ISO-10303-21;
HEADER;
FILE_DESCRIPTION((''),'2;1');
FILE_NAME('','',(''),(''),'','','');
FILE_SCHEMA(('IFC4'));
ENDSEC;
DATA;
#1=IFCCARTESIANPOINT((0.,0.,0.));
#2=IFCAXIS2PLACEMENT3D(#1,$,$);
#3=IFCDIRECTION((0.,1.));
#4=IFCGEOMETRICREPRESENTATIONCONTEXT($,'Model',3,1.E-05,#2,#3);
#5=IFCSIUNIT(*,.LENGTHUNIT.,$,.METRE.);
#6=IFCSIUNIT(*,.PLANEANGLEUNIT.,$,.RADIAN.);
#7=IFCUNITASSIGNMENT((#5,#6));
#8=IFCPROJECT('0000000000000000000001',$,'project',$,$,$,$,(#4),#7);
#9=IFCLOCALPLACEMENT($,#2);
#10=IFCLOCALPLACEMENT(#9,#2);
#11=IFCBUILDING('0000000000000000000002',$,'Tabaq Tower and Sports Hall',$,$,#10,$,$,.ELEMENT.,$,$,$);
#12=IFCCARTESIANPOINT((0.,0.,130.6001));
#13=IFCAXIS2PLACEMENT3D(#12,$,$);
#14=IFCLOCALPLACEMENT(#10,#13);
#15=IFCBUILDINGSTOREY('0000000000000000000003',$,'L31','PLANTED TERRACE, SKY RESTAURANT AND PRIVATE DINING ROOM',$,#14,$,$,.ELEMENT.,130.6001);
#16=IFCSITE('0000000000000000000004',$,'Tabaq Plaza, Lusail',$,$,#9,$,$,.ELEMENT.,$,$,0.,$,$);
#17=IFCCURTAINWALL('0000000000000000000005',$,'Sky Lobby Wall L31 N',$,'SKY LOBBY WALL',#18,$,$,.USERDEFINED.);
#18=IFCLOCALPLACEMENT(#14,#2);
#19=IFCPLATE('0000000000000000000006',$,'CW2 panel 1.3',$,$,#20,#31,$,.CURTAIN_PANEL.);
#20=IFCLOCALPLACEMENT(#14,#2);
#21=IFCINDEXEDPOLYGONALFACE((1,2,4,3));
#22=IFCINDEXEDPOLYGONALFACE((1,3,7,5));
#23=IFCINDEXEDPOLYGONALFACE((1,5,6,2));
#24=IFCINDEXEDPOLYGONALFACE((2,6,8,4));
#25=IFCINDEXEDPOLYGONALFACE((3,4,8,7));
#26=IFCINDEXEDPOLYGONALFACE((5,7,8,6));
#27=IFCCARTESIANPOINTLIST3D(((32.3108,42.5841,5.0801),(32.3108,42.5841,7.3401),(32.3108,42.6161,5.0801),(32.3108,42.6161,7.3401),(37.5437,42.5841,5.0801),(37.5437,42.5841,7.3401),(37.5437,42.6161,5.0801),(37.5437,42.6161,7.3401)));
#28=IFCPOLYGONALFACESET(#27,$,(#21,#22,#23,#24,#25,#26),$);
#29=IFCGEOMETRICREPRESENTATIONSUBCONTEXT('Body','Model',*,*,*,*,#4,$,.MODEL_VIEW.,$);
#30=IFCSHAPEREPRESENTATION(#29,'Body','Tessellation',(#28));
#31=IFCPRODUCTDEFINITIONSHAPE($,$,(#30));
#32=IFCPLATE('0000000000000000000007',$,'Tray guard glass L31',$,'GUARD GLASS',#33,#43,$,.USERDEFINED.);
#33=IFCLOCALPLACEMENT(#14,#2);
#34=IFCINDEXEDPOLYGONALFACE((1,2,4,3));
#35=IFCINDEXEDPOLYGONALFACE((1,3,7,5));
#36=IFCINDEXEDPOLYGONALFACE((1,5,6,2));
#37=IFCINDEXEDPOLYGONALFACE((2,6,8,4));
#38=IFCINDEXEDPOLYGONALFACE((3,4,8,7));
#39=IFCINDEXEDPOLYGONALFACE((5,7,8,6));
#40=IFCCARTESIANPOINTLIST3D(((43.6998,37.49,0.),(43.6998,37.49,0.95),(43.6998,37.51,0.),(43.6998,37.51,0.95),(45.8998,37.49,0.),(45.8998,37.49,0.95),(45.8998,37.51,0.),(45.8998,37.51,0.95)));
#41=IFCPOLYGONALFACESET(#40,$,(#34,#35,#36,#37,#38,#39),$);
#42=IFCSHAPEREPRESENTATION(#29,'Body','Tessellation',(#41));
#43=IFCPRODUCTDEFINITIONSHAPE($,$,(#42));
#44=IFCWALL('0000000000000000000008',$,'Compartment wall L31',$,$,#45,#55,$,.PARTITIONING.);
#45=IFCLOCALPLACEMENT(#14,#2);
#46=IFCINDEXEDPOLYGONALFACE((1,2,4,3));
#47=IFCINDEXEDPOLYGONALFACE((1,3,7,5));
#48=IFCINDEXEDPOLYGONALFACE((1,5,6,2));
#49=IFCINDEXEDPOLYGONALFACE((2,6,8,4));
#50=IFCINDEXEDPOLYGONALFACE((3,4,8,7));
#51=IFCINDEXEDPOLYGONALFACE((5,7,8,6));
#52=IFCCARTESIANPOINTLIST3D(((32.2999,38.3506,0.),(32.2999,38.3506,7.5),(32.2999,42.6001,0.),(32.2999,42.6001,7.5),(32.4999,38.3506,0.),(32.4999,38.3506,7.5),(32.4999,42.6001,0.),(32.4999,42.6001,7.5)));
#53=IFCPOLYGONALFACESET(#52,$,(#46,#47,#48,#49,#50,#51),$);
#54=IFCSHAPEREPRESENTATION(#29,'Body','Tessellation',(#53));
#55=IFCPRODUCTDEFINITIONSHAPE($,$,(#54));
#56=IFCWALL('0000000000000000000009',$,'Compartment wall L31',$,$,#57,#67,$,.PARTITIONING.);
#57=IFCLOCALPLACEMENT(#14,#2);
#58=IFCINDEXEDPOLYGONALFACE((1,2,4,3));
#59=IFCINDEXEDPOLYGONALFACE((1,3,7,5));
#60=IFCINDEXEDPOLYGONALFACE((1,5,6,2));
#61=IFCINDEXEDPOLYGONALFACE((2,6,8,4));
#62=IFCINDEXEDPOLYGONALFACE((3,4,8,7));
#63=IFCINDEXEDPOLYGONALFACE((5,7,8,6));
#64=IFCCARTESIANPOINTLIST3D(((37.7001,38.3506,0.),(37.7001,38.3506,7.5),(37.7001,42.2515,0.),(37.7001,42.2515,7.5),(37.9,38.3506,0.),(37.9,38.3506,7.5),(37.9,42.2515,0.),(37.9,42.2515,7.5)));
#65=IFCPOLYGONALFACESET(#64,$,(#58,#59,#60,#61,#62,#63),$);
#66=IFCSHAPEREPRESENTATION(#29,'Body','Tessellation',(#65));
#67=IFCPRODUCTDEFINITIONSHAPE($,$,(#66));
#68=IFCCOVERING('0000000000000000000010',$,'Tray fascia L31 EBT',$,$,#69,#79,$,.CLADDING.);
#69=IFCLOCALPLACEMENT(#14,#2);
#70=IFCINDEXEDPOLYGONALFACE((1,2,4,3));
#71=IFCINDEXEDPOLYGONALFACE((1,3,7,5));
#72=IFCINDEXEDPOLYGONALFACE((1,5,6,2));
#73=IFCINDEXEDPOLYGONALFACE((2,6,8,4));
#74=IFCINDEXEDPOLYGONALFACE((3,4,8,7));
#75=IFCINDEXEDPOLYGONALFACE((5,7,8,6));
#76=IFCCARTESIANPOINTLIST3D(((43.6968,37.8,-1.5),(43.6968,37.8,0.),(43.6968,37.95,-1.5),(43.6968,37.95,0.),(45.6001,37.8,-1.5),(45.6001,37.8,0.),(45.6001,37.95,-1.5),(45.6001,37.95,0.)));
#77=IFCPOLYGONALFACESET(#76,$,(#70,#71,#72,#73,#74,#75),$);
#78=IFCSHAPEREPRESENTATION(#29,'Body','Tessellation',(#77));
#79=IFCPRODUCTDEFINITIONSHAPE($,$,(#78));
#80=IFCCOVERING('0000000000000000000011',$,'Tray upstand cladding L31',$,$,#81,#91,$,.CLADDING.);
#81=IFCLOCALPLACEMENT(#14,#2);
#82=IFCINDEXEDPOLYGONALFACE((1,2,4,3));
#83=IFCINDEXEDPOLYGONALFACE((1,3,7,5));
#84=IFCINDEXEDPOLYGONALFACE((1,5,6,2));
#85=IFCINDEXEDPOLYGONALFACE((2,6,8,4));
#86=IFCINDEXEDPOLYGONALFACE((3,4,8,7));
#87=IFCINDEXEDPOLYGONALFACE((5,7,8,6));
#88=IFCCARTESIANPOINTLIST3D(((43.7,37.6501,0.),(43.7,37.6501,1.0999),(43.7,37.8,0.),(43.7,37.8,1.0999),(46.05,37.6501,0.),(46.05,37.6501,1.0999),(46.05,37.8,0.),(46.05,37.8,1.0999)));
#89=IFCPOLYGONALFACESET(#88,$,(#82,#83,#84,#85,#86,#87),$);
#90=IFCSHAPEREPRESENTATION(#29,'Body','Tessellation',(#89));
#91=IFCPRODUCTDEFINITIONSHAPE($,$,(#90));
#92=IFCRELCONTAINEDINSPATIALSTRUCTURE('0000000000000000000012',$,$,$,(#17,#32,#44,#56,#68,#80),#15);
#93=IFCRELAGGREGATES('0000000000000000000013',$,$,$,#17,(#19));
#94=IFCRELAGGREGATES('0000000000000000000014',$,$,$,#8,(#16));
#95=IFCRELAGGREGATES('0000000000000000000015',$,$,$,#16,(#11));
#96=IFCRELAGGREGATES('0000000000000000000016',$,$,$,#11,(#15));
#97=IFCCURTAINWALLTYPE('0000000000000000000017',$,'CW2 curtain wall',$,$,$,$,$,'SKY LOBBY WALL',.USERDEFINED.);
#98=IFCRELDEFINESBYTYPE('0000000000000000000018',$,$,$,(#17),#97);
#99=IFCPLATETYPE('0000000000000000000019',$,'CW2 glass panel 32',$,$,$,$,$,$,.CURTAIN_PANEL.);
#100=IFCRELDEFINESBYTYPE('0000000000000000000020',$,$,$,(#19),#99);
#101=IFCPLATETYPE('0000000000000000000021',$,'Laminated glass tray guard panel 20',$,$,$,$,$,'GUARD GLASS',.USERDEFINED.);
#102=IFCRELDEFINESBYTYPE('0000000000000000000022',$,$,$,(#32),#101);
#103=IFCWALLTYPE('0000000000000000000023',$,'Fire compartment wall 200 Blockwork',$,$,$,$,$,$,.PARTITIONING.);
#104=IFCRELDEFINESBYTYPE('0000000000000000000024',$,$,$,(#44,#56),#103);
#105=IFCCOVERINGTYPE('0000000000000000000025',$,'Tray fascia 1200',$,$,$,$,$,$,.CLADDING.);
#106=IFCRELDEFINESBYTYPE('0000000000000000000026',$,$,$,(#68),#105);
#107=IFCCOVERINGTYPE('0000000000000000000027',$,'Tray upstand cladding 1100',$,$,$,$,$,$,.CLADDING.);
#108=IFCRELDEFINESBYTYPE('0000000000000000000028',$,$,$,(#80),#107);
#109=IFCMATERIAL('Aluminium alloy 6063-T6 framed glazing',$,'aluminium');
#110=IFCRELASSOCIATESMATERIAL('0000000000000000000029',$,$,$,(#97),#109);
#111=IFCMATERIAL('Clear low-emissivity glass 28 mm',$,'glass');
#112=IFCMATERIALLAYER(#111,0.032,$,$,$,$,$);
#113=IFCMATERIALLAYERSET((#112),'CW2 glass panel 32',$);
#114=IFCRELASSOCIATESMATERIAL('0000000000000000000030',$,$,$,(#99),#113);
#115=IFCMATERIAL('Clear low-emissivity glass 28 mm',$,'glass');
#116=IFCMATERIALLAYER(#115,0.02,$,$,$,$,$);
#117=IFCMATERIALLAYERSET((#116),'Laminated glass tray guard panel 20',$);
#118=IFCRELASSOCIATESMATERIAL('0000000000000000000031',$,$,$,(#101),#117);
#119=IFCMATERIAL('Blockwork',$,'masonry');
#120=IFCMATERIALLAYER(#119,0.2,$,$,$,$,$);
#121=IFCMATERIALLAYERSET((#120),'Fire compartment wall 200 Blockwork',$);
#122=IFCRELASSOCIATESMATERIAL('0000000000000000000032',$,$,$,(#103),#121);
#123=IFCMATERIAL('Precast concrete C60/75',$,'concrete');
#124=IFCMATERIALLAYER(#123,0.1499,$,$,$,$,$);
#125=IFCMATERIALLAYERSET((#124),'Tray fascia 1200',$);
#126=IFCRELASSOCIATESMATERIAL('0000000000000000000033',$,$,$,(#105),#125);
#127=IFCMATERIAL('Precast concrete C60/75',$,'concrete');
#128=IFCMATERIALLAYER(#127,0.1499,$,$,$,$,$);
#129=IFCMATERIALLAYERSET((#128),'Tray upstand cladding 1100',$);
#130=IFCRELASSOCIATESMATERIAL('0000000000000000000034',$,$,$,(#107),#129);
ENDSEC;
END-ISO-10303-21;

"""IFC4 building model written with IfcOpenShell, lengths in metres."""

from ifc_helpers import new_model, si_unit, direction, frame, frame_2d, origin, origin_2d, place, context, subcontext, project, spatial, rectangle, extrude, material, layer, layer_set, type_object, element, aggregate, save


model = new_model("IFC4")

# Units and contexts
model_context = context("Model", 3, precision=1e-05, world=origin(), true_north=direction((0.0, 1.0)))
body_context = subcontext(model_context, "Body", "Model", "MODEL_VIEW")
ifc_project = project(units=[si_unit("LENGTHUNIT", "METRE"), si_unit("PLANEANGLEUNIT", "RADIAN")], contexts=[model_context])

# Site, building, storey
site_placement = place(None, origin())
site = spatial("IfcSite", under=ifc_project, at=site_placement, Name="Tabaq Plaza, Lusail", CompositionType="ELEMENT", RefElevation=0.0)
building_placement = place(site_placement, origin())
building = spatial("IfcBuilding", under=site, at=building_placement, Name="Tabaq Tower and Sports Hall", CompositionType="ELEMENT")
storey_placement = place(building_placement, frame((0.0, 0.0, 130.6001)))
storey = spatial("IfcBuildingStorey", under=building, at=storey_placement, Name="L31", Description="PLANTED TERRACE, SKY RESTAURANT AND PRIVATE DINING ROOM", CompositionType="ELEMENT", Elevation=130.6001)

# Curtain wall
ifc_material_1 = material(Name="Aluminium alloy 6063-T6 framed glazing", Category="aluminium")
curtain_wall_type = type_object("IfcCurtainWallType", Name="CW2 curtain wall", ElementType="SKY LOBBY WALL", PredefinedType="USERDEFINED", material=ifc_material_1)
curtain_wall_1_placement = place(storey_placement, origin())
curtain_wall_1 = element("IfcCurtainWall", 1, at=curtain_wall_1_placement, inside=storey, type_object=curtain_wall_type, Name="Sky Lobby Wall L31 N", ObjectType="SKY LOBBY WALL", PredefinedType="USERDEFINED")

# Plates
ifc_material_2 = material(Name="Clear low-emissivity glass 28 mm", Category="glass")
ifc_layer_1 = layer(ifc_material_2, 0.032)
ifc_layer_set_1 = layer_set([ifc_layer_1], Name="CW2 glass panel 32")
plate_type_1 = type_object("IfcPlateType", Name="CW2 glass panel 32", PredefinedType="CURTAIN_PANEL", material=ifc_layer_set_1)
plate_1_placement = place(storey_placement, frame((34.9272, 42.6001, 5.0801), z_axis=(0.0, 0.0, 1.0), x_axis=(-1.0, 0.0, 0.0)))
plate_1 = element("IfcPlate", 2, at=plate_1_placement, type_object=plate_type_1, Name="CW2 panel 1.3", PredefinedType="CURTAIN_PANEL", context=body_context, shape_type="SweptSolid", body=[
    extrude(rectangle(XDim=5.2329, YDim=0.032, at=origin_2d()), origin(), (0.0, 0.0, 1.0), 2.26),
])
aggregate(curtain_wall_1, [plate_1])
ifc_material_3 = material(Name="Clear low-emissivity glass 28 mm", Category="glass")
ifc_layer_2 = layer(ifc_material_3, 0.02)
ifc_layer_set_2 = layer_set([ifc_layer_2], Name="Laminated glass tray guard panel 20")
plate_type_2 = type_object("IfcPlateType", Name="Laminated glass tray guard panel 20", ElementType="GUARD GLASS", PredefinedType="USERDEFINED", material=ifc_layer_set_2)
plate_2_placement = place(storey_placement, frame((45.8999, 37.5, 0.0), z_axis=(0.0, 0.0, 1.0), x_axis=(-1.0, 0.0, 0.0)))
element("IfcPlate", 3, at=plate_2_placement, inside=storey, type_object=plate_type_2, Name="Tray guard glass L31", ObjectType="GUARD GLASS", PredefinedType="USERDEFINED", context=body_context, shape_type="SweptSolid", body=[
    extrude(rectangle(XDim=2.2, YDim=0.02, at=frame_2d((1.1001, 0.0))), origin(), (0.0, 0.0, 1.0), 0.95),
])

# Walls
ifc_material_4 = material(Name="Blockwork", Category="masonry")
ifc_layer_3 = layer(ifc_material_4, 0.2)
ifc_layer_set_3 = layer_set([ifc_layer_3], Name="Fire compartment wall 200 Blockwork")
wall_type = type_object("IfcWallType", Name="Fire compartment wall 200 Blockwork", PredefinedType="PARTITIONING", material=ifc_layer_set_3)
wall_1_placement = place(storey_placement, frame((32.3999, 38.3506, 0.0), z_axis=(0.0, 0.0, 1.0), x_axis=(0.0, 1.0, 0.0)))
element("IfcWall", 4, at=wall_1_placement, inside=storey, type_object=wall_type, Name="Compartment wall L31", PredefinedType="PARTITIONING", context=body_context, shape_type="SweptSolid", body=[
    extrude(rectangle(XDim=4.2495, YDim=0.2, at=frame_2d((2.1248, 0.0))), origin(), (0.0, 0.0, 1.0), 7.5),
])
wall_2_placement = place(storey_placement, frame((37.8, 38.3506, 0.0), z_axis=(0.0, 0.0, 1.0), x_axis=(0.0, 1.0, 0.0)))
element("IfcWall", 5, at=wall_2_placement, inside=storey, type_object=wall_type, Name="Compartment wall L31", PredefinedType="PARTITIONING", context=body_context, shape_type="SweptSolid", body=[
    extrude(rectangle(XDim=3.9009, YDim=0.2, at=frame_2d((1.9504, 0.0))), origin(), (0.0, 0.0, 1.0), 7.5),
])

# Coverings
ifc_material_5 = material(Name="Precast concrete C60/75", Category="concrete")
ifc_layer_4 = layer(ifc_material_5, 0.1499)
ifc_layer_set_4 = layer_set([ifc_layer_4], Name="Tray fascia 1200")
covering_type_1 = type_object("IfcCoveringType", Name="Tray fascia 1200", PredefinedType="CLADDING", material=ifc_layer_set_4)
covering_1_placement = place(storey_placement, frame((43.6968, 37.875, -1.5), z_axis=(0.0, 0.0, 1.0), x_axis=(1.0, 0.0, 0.0)))
element("IfcCovering", 6, at=covering_1_placement, inside=storey, type_object=covering_type_1, Name="Tray fascia L31 EBT", PredefinedType="CLADDING", context=body_context, shape_type="SweptSolid", body=[
    extrude(rectangle(XDim=1.9033, YDim=0.1499, at=frame_2d((0.9517, 0.0))), origin(), (0.0, 0.0, 1.0), 1.5),
])
ifc_material_6 = material(Name="Precast concrete C60/75", Category="concrete")
ifc_layer_5 = layer(ifc_material_6, 0.1499)
ifc_layer_set_5 = layer_set([ifc_layer_5], Name="Tray upstand cladding 1100")
covering_type_2 = type_object("IfcCoveringType", Name="Tray upstand cladding 1100", PredefinedType="CLADDING", material=ifc_layer_set_5)
covering_2_placement = place(storey_placement, frame((43.7, 37.7251, 0.0), z_axis=(0.0, 0.0, 1.0), x_axis=(1.0, 0.0, 0.0)))
element("IfcCovering", 7, at=covering_2_placement, inside=storey, type_object=covering_type_2, Name="Tray upstand cladding L31", PredefinedType="CLADDING", context=body_context, shape_type="SweptSolid", body=[
    extrude(rectangle(XDim=2.3501, YDim=0.1499, at=frame_2d((1.175, 0.0))), origin(), (0.0, 0.0, 1.0), 1.0999),
])

save(model, "model.ifc")
